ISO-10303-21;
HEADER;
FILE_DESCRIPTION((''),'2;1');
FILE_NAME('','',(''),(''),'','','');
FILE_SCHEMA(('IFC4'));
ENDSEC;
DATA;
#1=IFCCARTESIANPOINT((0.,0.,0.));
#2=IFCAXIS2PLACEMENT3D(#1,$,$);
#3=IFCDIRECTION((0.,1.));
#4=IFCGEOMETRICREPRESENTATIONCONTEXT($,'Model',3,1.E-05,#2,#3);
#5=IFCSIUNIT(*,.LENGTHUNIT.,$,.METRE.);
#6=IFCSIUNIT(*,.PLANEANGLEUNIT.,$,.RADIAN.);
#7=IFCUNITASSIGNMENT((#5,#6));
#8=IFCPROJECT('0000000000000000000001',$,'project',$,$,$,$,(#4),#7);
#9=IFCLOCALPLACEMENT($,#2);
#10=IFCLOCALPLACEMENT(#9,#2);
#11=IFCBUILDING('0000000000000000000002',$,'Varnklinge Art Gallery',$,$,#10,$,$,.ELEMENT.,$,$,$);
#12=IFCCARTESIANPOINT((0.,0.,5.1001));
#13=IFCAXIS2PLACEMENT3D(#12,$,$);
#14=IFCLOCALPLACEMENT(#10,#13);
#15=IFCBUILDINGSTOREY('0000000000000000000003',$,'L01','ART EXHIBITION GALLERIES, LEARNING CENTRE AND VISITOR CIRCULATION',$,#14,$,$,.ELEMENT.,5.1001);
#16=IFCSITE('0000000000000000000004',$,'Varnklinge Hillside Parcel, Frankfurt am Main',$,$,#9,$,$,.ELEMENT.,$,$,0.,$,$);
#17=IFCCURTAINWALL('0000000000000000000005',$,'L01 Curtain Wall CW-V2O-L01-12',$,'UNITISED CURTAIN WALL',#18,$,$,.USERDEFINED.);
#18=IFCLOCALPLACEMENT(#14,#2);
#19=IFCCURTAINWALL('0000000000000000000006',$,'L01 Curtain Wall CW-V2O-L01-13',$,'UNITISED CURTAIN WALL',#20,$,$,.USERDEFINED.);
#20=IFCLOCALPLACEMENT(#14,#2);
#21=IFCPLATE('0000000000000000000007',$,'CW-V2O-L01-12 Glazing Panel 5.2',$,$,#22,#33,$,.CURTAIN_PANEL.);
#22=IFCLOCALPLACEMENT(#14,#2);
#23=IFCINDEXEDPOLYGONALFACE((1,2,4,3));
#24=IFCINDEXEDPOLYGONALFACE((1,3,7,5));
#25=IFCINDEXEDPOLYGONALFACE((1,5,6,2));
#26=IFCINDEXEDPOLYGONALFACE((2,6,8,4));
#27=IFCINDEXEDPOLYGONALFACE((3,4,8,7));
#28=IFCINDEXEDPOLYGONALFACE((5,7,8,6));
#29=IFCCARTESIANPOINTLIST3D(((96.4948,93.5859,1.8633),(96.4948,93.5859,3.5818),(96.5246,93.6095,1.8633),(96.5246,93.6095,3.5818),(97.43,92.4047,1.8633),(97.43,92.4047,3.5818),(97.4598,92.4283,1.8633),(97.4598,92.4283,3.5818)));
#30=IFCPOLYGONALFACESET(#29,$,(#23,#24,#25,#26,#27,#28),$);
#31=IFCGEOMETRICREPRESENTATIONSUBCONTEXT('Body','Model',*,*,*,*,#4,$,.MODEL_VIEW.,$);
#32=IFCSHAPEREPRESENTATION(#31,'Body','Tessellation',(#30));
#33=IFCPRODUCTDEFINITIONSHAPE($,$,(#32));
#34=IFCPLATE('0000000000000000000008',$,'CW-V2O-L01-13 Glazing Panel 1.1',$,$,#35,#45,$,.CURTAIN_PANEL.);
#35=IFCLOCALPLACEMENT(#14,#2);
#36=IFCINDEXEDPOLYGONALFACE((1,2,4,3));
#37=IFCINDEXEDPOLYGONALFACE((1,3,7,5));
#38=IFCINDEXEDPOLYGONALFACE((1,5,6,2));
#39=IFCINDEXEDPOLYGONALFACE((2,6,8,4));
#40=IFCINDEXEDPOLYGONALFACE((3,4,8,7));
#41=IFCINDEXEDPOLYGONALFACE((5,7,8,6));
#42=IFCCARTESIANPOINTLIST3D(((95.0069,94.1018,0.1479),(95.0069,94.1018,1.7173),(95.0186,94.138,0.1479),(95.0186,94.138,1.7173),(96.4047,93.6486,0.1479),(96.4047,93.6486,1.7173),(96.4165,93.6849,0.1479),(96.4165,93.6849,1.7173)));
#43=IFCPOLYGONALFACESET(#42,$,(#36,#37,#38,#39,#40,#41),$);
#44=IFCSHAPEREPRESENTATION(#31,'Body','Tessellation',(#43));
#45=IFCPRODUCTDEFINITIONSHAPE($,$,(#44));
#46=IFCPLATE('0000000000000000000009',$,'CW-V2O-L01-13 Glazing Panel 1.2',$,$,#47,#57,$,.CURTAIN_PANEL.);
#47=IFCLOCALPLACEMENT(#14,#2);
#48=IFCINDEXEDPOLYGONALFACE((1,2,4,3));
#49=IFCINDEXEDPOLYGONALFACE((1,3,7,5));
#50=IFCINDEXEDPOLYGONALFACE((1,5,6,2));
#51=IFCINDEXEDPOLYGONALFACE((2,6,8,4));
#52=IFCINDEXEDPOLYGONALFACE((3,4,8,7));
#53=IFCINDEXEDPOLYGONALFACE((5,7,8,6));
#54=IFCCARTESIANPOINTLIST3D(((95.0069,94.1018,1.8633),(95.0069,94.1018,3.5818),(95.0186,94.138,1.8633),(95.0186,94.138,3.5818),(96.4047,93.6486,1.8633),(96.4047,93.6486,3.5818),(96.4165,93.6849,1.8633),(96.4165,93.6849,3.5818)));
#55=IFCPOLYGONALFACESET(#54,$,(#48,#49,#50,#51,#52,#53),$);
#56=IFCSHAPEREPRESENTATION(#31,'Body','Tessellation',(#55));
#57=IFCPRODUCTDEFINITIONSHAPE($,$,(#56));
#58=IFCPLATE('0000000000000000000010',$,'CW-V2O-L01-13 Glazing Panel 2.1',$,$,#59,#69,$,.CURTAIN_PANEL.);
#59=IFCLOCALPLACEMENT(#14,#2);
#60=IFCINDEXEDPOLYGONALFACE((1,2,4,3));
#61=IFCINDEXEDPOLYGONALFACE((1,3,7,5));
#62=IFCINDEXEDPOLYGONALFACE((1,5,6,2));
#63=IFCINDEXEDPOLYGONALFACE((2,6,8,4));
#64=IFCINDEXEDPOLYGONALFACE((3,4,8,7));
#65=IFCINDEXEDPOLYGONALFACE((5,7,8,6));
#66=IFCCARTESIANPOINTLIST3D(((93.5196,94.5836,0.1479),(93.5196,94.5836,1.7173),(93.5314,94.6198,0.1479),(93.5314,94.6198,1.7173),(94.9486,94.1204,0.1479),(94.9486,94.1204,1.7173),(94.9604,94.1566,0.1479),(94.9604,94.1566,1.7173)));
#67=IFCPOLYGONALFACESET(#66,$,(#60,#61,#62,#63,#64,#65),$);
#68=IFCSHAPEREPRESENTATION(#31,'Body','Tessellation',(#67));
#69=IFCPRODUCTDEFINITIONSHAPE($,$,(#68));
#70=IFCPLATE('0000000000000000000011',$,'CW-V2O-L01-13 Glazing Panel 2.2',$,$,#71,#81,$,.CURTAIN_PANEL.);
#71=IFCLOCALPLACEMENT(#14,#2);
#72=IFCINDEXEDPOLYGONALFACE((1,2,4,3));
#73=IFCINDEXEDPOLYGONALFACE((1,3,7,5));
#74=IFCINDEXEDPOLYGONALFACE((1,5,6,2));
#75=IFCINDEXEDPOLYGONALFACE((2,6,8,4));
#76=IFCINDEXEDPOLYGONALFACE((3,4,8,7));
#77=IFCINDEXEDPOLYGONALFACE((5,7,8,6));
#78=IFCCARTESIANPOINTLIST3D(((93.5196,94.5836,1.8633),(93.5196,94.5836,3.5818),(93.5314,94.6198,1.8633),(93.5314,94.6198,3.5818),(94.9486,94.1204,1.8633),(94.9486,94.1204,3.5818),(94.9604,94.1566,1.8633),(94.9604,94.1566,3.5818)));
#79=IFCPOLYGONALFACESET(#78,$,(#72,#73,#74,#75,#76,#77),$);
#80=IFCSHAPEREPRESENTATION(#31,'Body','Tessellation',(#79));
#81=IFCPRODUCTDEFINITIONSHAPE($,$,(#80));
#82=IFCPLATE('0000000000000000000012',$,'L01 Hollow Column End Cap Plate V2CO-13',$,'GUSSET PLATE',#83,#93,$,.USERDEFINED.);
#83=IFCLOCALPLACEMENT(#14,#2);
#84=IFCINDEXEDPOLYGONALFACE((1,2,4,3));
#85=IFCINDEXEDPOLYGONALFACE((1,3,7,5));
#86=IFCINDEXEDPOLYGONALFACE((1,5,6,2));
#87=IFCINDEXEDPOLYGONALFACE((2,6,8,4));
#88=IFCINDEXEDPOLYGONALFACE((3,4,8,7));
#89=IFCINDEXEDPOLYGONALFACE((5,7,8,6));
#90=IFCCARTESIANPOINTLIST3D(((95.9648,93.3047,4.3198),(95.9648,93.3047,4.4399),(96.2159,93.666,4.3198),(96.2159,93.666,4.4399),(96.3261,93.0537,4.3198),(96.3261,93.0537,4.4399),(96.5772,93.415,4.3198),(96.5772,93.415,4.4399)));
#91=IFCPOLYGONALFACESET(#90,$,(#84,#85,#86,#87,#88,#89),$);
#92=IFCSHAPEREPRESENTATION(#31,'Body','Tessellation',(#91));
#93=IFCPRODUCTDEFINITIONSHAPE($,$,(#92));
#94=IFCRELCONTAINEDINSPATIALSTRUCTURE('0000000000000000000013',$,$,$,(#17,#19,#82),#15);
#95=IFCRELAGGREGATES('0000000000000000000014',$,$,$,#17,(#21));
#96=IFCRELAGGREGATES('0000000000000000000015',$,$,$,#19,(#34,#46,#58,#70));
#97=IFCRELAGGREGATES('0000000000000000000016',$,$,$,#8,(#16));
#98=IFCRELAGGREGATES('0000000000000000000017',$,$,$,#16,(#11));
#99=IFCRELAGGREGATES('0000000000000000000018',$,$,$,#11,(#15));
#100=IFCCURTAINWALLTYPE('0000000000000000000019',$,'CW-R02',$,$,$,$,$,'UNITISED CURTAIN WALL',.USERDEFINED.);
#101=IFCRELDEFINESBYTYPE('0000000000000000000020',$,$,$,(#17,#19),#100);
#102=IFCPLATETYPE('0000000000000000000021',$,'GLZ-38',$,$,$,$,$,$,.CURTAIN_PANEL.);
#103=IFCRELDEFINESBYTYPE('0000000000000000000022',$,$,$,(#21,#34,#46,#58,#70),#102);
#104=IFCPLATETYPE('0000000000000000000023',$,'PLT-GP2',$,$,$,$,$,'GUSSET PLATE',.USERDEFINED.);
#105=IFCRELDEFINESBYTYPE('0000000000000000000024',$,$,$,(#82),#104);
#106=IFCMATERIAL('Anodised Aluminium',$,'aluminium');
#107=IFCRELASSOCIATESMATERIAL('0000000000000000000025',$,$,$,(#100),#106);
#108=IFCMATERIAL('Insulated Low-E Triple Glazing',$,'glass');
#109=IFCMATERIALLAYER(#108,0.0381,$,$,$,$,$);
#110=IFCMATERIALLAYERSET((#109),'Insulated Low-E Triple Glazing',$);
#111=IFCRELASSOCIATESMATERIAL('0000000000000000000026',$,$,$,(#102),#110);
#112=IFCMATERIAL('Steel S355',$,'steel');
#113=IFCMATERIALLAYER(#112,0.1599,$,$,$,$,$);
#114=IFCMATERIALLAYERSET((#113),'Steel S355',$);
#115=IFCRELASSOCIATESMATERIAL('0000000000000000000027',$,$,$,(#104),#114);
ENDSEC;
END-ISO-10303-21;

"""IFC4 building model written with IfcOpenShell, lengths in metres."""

from ifc_helpers import new_model, si_unit, direction, frame, origin, origin_2d, place, context, subcontext, project, spatial, rectangle, extrude, material, layer, layer_set, type_object, element, aggregate, save


model = new_model("IFC4")

# Units and contexts
model_context = context("Model", 3, precision=1e-05, world=origin(), true_north=direction((0.0, 1.0)))
body_context = subcontext(model_context, "Body", "Model", "MODEL_VIEW")
ifc_project = project(units=[si_unit("LENGTHUNIT", "METRE"), si_unit("PLANEANGLEUNIT", "RADIAN")], contexts=[model_context])

# Site, building, storey
site_placement = place(None, origin())
site = spatial("IfcSite", under=ifc_project, at=site_placement, Name="Varnklinge Hillside Parcel, Frankfurt am Main", CompositionType="ELEMENT", RefElevation=0.0)
building_placement = place(site_placement, origin())
building = spatial("IfcBuilding", under=site, at=building_placement, Name="Varnklinge Art Gallery", CompositionType="ELEMENT")
storey_placement = place(building_placement, frame((0.0, 0.0, 5.1001)))
storey = spatial("IfcBuildingStorey", under=building, at=storey_placement, Name="L01", Description="ART EXHIBITION GALLERIES, LEARNING CENTRE AND VISITOR CIRCULATION", CompositionType="ELEMENT", Elevation=5.1001)

# Curtain walls
ifc_material_1 = material(Name="Anodised Aluminium", Category="aluminium")
curtain_wall_type = type_object("IfcCurtainWallType", Name="CW-R02", ElementType="UNITISED CURTAIN WALL", PredefinedType="USERDEFINED", material=ifc_material_1)
curtain_wall_1_placement = place(storey_placement, origin())
curtain_wall_1 = element("IfcCurtainWall", 1, at=curtain_wall_1_placement, inside=storey, type_object=curtain_wall_type, Name="L01 Curtain Wall CW-V2O-L01-12", ObjectType="UNITISED CURTAIN WALL", PredefinedType="USERDEFINED")
curtain_wall_2_placement = place(storey_placement, origin())
curtain_wall_2 = element("IfcCurtainWall", 2, at=curtain_wall_2_placement, inside=storey, type_object=curtain_wall_type, Name="L01 Curtain Wall CW-V2O-L01-13", ObjectType="UNITISED CURTAIN WALL", PredefinedType="USERDEFINED")

# Plates
ifc_material_2 = material(Name="Insulated Low-E Triple Glazing", Category="glass")
ifc_layer_1 = layer(ifc_material_2, 0.0381)
ifc_layer_set_1 = layer_set([ifc_layer_1], Name="Insulated Low-E Triple Glazing")
plate_type_1 = type_object("IfcPlateType", Name="GLZ-38", PredefinedType="CURTAIN_PANEL", material=ifc_layer_set_1)
plate_1_placement = place(storey_placement, frame((96.9773, 93.0071, 1.8633), z_axis=(0.0, 0.0, 1.0), x_axis=(-0.620737, 0.784019, 0.0)))
plate_1 = element("IfcPlate", 3, at=plate_1_placement, type_object=plate_type_1, Name="CW-V2O-L01-12 Glazing Panel 5.2", PredefinedType="CURTAIN_PANEL", context=body_context, shape_type="SweptSolid", body=[
    extrude(rectangle(XDim=1.5066, YDim=0.0381, at=origin_2d()), origin(), (0.0, 0.0, 1.0), 1.7185),
])
aggregate(curtain_wall_1, [plate_1])
plate_2_placement = place(storey_placement, frame((95.7117, 93.8933, 0.1479), z_axis=(0.0, 0.0, 1.0), x_axis=(-0.951272, 0.308353, 0.0)))
plate_2 = element("IfcPlate", 4, at=plate_2_placement, type_object=plate_type_1, Name="CW-V2O-L01-13 Glazing Panel 1.1", PredefinedType="CURTAIN_PANEL", context=body_context, shape_type="SweptSolid", body=[
    extrude(rectangle(XDim=1.4695, YDim=0.0381, at=origin_2d()), origin(), (0.0, 0.0, 1.0), 1.5693),
])
plate_3_placement = place(storey_placement, frame((95.7117, 93.8933, 1.8633), z_axis=(0.0, 0.0, 1.0), x_axis=(-0.951272, 0.308353, 0.0)))
plate_3 = element("IfcPlate", 5, at=plate_3_placement, type_object=plate_type_1, Name="CW-V2O-L01-13 Glazing Panel 1.2", PredefinedType="CURTAIN_PANEL", context=body_context, shape_type="SweptSolid", body=[
    extrude(rectangle(XDim=1.4695, YDim=0.0381, at=origin_2d()), origin(), (0.0, 0.0, 1.0), 1.7185),
])
plate_4_placement = place(storey_placement, frame((94.24, 94.3701, 0.1479), z_axis=(0.0, 0.0, 1.0), x_axis=(-0.951272, 0.308353, 0.0)))
plate_4 = element("IfcPlate", 6, at=plate_4_placement, type_object=plate_type_1, Name="CW-V2O-L01-13 Glazing Panel 2.1", PredefinedType="CURTAIN_PANEL", context=body_context, shape_type="SweptSolid", body=[
    extrude(rectangle(XDim=1.5022, YDim=0.0381, at=origin_2d()), origin(), (0.0, 0.0, 1.0), 1.5693),
])
plate_5_placement = place(storey_placement, frame((94.24, 94.3701, 1.8633), z_axis=(0.0, 0.0, 1.0), x_axis=(-0.951272, 0.308353, 0.0)))
plate_5 = element("IfcPlate", 7, at=plate_5_placement, type_object=plate_type_1, Name="CW-V2O-L01-13 Glazing Panel 2.2", PredefinedType="CURTAIN_PANEL", context=body_context, shape_type="SweptSolid", body=[
    extrude(rectangle(XDim=1.5022, YDim=0.0381, at=origin_2d()), origin(), (0.0, 0.0, 1.0), 1.7185),
])
aggregate(curtain_wall_2, [plate_2, plate_3, plate_4, plate_5])
ifc_material_3 = material(Name="Steel S355", Category="steel")
ifc_layer_2 = layer(ifc_material_3, 0.1599)
ifc_layer_set_2 = layer_set([ifc_layer_2], Name="Steel S355")
plate_type_2 = type_object("IfcPlateType", Name="PLT-GP2", ElementType="GUSSET PLATE", PredefinedType="USERDEFINED", material=ifc_layer_set_2)
plate_6_placement = place(storey_placement, frame((96.271, 93.3599, 4.3198), z_axis=(0.0, 0.0, 1.0), x_axis=(-0.57057, -0.821249, 0.0)))
element("IfcPlate", 8, at=plate_6_placement, inside=storey, type_object=plate_type_2, Name="L01 Hollow Column End Cap Plate V2CO-13", ObjectType="GUSSET PLATE", PredefinedType="USERDEFINED", context=body_context, shape_type="SweptSolid", body=[
    extrude(rectangle(XDim=0.4399, YDim=0.4399, at=origin_2d()), origin(), (0.0, 0.0, 1.0), 0.1201),
])

save(model, "model.ifc")
